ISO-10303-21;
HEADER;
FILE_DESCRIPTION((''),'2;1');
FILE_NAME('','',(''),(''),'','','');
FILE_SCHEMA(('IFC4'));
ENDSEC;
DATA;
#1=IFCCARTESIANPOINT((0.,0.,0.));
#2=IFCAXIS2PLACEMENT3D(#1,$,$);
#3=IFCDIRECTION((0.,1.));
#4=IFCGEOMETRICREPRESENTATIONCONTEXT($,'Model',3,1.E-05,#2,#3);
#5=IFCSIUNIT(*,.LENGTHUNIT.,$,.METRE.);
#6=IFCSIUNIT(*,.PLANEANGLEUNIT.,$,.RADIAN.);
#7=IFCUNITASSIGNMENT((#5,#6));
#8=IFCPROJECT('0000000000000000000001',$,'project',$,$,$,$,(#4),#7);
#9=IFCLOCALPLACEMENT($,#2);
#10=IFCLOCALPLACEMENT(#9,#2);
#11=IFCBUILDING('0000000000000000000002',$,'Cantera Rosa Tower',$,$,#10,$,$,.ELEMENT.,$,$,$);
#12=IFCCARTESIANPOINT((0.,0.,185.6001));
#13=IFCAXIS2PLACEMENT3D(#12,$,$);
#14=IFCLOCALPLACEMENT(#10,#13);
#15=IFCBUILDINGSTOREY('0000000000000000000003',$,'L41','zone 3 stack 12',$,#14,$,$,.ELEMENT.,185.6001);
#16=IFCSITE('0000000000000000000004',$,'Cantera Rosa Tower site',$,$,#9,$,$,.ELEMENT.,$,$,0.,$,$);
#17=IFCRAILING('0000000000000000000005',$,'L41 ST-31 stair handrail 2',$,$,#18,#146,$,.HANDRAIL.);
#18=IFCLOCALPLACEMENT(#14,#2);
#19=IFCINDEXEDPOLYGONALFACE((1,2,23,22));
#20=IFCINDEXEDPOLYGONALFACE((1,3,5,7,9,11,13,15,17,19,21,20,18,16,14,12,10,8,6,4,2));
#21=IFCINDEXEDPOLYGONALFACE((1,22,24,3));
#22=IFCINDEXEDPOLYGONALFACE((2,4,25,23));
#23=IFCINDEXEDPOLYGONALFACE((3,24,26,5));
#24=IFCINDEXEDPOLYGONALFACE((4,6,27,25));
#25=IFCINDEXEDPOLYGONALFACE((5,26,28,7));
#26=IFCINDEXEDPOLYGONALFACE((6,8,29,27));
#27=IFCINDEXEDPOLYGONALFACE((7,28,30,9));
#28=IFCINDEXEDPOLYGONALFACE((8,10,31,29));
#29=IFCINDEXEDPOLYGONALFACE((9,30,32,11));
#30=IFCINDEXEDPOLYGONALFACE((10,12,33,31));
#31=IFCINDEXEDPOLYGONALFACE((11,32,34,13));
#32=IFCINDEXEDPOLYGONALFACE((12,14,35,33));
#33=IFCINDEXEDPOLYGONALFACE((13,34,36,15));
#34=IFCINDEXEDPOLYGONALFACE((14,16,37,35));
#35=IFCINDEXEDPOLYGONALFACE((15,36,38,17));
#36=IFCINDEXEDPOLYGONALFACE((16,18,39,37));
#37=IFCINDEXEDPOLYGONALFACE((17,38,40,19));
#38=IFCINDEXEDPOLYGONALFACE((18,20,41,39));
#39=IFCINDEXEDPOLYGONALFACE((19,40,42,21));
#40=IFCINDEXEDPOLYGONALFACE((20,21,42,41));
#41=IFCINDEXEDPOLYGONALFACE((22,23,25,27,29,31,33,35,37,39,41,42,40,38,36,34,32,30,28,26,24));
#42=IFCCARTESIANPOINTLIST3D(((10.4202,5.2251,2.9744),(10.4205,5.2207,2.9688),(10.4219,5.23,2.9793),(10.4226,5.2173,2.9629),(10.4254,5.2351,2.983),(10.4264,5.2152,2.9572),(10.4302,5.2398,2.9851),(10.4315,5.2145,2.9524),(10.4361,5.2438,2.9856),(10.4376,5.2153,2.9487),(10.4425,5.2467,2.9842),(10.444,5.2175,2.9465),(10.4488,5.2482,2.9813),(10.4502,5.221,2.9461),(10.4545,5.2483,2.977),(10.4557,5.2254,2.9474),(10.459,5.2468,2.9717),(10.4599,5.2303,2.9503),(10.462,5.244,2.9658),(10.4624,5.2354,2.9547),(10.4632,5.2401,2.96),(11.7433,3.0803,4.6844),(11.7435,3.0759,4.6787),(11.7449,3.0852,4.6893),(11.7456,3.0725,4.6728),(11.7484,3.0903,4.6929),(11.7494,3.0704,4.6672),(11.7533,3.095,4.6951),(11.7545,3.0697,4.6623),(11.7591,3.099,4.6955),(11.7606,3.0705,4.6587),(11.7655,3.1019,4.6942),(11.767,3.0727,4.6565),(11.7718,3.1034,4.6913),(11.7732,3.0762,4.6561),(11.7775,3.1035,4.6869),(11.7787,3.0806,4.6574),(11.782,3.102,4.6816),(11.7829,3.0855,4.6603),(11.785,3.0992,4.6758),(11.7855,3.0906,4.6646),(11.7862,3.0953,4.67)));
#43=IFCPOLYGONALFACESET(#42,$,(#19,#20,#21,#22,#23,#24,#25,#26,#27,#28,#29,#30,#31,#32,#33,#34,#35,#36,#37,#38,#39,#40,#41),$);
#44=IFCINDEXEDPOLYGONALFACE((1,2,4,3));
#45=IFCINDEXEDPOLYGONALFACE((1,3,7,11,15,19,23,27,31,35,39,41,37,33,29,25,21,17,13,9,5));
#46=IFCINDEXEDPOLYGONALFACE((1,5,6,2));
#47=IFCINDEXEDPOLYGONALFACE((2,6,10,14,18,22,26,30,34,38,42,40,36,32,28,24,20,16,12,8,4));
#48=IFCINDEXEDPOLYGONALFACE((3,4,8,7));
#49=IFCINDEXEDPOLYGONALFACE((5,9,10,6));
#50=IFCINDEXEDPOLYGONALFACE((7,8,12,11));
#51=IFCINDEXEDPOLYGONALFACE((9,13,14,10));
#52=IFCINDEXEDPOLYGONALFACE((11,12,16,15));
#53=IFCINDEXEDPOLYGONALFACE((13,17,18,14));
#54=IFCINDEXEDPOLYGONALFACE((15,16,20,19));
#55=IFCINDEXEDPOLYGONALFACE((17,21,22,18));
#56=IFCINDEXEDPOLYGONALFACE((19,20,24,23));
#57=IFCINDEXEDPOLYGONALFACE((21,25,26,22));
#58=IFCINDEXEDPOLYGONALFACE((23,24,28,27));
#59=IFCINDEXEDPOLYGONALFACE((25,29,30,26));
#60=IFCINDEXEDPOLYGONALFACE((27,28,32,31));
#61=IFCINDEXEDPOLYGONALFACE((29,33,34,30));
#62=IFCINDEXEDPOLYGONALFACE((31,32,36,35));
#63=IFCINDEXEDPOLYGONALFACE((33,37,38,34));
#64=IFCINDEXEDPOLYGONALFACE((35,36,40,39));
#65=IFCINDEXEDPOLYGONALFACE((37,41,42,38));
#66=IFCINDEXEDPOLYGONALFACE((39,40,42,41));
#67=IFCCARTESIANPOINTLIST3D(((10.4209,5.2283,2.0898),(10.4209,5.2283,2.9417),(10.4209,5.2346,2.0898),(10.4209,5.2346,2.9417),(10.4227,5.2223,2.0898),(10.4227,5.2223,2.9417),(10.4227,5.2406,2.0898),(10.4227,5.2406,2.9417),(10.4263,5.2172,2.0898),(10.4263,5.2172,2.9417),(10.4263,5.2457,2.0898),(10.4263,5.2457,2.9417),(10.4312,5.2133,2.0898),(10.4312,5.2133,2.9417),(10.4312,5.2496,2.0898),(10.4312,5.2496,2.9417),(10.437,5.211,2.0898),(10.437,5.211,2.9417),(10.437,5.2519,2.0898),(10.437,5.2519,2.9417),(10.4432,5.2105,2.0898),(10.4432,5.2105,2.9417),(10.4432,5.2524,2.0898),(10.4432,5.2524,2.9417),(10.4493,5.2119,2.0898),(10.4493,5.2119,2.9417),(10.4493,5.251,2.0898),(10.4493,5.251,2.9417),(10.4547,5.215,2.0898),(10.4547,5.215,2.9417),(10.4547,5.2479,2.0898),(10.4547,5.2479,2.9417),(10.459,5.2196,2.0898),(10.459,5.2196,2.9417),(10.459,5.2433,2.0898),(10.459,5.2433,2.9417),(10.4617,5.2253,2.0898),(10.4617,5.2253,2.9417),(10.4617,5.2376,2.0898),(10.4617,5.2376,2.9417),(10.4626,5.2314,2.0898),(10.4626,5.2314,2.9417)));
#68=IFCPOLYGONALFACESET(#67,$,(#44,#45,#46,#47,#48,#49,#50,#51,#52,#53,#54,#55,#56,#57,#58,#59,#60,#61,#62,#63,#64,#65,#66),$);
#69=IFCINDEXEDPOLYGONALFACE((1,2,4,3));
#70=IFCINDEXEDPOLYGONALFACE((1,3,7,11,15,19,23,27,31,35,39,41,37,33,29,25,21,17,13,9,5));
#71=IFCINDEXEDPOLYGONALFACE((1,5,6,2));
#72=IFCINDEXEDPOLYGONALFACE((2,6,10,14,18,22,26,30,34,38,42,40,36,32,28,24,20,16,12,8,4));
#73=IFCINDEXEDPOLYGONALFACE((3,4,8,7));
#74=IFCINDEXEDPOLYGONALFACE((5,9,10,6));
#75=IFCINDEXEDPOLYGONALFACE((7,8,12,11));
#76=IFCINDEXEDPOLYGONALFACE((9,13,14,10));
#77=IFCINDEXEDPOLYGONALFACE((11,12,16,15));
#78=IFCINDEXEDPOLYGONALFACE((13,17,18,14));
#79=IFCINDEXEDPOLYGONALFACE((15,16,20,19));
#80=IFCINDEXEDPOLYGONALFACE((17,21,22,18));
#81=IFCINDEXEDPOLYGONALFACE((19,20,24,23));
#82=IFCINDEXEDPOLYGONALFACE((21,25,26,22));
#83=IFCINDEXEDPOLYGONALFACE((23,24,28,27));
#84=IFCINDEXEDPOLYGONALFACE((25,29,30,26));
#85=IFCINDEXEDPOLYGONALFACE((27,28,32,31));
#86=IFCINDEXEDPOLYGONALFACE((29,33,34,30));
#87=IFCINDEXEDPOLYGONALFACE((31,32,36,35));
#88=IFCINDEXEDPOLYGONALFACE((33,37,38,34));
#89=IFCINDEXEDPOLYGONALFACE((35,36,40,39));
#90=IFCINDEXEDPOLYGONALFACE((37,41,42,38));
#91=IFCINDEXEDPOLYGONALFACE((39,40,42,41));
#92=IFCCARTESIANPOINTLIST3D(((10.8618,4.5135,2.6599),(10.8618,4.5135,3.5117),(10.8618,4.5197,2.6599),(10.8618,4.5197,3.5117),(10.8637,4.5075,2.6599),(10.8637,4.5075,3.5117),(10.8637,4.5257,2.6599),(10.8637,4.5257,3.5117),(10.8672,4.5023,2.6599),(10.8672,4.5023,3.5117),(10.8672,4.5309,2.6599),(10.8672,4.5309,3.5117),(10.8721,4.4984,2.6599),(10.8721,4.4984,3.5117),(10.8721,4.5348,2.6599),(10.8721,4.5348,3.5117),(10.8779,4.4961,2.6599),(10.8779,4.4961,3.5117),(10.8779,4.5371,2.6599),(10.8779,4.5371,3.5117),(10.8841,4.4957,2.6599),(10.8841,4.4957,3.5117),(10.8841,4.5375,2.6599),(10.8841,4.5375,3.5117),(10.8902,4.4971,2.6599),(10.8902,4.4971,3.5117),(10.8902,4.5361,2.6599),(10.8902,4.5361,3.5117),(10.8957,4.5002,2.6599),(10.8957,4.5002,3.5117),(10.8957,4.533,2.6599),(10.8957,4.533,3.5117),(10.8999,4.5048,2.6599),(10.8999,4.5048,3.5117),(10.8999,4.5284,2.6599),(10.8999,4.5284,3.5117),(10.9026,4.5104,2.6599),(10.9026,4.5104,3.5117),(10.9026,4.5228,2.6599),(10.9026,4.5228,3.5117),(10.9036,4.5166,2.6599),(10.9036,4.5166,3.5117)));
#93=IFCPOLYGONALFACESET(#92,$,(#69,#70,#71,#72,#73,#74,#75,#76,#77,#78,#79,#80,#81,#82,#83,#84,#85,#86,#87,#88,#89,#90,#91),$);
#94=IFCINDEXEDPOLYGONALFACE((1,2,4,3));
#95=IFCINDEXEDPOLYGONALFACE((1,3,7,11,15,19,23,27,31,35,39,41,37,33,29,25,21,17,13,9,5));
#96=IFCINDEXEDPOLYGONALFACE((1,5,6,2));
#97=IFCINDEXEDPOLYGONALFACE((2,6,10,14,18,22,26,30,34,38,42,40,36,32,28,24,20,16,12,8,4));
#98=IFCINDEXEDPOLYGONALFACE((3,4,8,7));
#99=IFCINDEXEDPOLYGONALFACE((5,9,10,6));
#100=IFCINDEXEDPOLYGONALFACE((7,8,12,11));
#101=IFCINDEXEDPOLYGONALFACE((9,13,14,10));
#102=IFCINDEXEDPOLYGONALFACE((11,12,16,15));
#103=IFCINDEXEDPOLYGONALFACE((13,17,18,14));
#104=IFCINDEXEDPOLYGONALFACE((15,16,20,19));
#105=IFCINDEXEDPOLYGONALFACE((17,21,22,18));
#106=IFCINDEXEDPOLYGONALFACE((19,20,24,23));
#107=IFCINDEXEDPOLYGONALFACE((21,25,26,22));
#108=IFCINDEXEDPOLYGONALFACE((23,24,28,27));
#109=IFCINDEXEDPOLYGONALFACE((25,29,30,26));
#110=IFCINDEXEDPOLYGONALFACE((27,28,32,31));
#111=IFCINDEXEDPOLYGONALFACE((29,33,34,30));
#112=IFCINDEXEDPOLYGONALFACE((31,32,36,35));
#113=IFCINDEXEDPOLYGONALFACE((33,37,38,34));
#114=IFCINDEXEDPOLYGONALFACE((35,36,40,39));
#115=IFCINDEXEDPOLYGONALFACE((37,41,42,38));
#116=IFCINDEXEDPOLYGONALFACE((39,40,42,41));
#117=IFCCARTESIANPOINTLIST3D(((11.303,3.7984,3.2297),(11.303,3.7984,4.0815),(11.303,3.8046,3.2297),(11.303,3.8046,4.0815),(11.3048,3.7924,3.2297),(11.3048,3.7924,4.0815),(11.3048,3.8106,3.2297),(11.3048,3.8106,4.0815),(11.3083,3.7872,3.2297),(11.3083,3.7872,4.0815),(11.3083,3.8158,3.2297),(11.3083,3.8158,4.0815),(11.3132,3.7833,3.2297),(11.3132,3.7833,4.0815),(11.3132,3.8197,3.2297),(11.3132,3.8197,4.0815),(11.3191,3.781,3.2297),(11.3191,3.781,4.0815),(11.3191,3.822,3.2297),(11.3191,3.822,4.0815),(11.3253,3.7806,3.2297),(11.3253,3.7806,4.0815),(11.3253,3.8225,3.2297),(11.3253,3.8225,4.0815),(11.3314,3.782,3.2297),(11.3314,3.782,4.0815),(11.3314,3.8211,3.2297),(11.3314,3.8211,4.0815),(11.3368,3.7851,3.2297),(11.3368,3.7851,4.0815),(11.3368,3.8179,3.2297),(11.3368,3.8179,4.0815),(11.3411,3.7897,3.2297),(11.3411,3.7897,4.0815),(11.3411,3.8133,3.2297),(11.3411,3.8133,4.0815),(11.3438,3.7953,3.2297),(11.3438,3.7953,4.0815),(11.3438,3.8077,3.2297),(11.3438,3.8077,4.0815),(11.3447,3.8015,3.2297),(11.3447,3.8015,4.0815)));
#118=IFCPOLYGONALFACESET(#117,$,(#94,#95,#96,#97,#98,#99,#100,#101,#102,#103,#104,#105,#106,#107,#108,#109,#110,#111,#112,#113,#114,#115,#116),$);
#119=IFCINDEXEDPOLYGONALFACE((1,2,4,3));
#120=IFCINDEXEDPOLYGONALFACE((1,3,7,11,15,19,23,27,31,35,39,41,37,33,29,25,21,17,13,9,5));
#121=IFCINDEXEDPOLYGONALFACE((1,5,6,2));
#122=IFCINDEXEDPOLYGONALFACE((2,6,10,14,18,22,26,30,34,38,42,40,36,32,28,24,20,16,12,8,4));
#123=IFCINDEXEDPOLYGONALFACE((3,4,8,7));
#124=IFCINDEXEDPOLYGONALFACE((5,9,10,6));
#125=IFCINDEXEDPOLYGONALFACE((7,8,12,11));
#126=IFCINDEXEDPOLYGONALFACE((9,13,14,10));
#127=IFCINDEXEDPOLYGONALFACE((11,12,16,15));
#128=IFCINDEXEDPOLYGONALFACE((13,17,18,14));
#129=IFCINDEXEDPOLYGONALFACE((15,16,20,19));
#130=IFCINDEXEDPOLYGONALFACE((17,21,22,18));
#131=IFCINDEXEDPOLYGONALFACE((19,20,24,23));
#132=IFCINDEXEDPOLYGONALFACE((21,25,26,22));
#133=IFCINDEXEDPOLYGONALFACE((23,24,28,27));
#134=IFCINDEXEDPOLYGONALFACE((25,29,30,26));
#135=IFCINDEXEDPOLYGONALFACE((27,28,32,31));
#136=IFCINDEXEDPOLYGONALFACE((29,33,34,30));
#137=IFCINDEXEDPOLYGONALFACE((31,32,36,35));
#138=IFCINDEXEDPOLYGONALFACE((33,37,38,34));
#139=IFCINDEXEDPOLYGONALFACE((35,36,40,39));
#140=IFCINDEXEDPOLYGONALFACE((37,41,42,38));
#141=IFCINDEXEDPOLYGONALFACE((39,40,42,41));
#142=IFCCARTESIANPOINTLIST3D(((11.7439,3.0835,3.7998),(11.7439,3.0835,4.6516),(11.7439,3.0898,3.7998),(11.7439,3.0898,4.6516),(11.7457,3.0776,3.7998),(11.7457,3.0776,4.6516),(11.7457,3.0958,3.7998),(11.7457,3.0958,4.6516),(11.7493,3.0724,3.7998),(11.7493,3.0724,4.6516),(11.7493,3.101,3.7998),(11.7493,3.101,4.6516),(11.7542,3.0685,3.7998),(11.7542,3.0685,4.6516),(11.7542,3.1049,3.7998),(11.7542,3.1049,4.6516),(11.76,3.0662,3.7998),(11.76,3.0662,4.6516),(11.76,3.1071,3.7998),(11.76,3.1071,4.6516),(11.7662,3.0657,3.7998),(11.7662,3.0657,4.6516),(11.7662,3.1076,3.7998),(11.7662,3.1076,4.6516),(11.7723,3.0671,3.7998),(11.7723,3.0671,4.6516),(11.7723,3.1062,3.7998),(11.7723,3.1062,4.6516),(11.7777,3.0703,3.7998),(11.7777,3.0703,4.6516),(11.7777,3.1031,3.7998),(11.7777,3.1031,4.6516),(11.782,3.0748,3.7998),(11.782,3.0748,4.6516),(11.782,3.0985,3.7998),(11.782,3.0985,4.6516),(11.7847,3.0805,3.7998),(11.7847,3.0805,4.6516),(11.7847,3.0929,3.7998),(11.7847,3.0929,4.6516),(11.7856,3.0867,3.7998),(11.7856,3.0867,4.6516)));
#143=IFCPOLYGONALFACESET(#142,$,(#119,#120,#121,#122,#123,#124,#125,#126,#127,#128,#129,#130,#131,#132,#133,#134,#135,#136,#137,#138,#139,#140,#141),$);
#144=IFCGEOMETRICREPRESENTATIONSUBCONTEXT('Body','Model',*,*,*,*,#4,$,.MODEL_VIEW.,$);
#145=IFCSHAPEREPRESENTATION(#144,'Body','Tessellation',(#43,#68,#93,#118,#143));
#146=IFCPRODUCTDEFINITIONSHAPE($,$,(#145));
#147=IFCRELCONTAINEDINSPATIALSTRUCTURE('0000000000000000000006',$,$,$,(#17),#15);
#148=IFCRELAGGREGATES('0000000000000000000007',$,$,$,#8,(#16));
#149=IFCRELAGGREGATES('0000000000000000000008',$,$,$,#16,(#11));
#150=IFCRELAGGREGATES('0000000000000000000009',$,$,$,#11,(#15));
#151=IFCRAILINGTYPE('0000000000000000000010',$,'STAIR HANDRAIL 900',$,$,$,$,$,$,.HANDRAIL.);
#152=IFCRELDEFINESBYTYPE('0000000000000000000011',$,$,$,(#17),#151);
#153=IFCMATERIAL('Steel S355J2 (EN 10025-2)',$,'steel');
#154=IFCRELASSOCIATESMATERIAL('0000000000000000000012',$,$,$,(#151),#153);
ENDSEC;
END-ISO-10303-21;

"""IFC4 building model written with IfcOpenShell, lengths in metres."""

from ifc_helpers import new_model, si_unit, direction, frame, origin, origin_2d, place, context, subcontext, project, spatial, circle, extrude, material, type_object, element, save


model = new_model("IFC4")

# Units and contexts
model_context = context("Model", 3, precision=1e-05, world=origin(), true_north=direction((0.0, 1.0)))
body_context = subcontext(model_context, "Body", "Model", "MODEL_VIEW")
ifc_project = project(units=[si_unit("LENGTHUNIT", "METRE"), si_unit("PLANEANGLEUNIT", "RADIAN")], contexts=[model_context])

# Site, building, storey
site_placement = place(None, origin())
site = spatial("IfcSite", under=ifc_project, at=site_placement, Name="Cantera Rosa Tower site", CompositionType="ELEMENT", RefElevation=0.0)
building_placement = place(site_placement, origin())
building = spatial("IfcBuilding", under=site, at=building_placement, Name="Cantera Rosa Tower", CompositionType="ELEMENT")
storey_placement = place(building_placement, frame((0.0, 0.0, 185.6001)))
storey = spatial("IfcBuildingStorey", under=building, at=storey_placement, Name="L41", Description="zone 3 stack 12", CompositionType="ELEMENT", Elevation=185.6001)

# Railing
ifc_material_1 = material(Name="Steel S355J2 (EN 10025-2)", Category="steel")
railing_type_1 = type_object("IfcRailingType", Name="STAIR HANDRAIL 900", PredefinedType="HANDRAIL", material=ifc_material_1)
railing_1_placement = place(storey_placement, frame((10.4417, 5.2314, 2.0898)))
element("IfcRailing", 1, at=railing_1_placement, inside=storey, type_object=railing_type_1, Name="L41 ST-31 stair handrail 2", PredefinedType="HANDRAIL", context=body_context, shape_type="SweptSolid", body=[
    extrude(circle(Radius=0.0239, at=origin_2d()), frame((0.0, 0.0, 0.876), z_axis=(0.434428, -0.704271, 0.561493), x_axis=(0.851102, 0.525, 0.0)), (0.0, 0.0, 1.0), 3.0454),
    extrude(circle(Radius=0.021, at=origin_2d()), origin(), (0.0, 0.0, 1.0), 0.8518),
    extrude(circle(Radius=0.021, at=origin_2d()), frame((0.4409, -0.7148, 0.5701)), (0.0, 0.0, 1.0), 0.8518),
    extrude(circle(Radius=0.021, at=origin_2d()), frame((0.8821, -1.4299, 1.1399)), (0.0, 0.0, 1.0), 0.8518),
    extrude(circle(Radius=0.021, at=origin_2d()), frame((1.323, -2.1448, 1.71)), (0.0, 0.0, 1.0), 0.8518),
])

save(model, "model.ifc")
